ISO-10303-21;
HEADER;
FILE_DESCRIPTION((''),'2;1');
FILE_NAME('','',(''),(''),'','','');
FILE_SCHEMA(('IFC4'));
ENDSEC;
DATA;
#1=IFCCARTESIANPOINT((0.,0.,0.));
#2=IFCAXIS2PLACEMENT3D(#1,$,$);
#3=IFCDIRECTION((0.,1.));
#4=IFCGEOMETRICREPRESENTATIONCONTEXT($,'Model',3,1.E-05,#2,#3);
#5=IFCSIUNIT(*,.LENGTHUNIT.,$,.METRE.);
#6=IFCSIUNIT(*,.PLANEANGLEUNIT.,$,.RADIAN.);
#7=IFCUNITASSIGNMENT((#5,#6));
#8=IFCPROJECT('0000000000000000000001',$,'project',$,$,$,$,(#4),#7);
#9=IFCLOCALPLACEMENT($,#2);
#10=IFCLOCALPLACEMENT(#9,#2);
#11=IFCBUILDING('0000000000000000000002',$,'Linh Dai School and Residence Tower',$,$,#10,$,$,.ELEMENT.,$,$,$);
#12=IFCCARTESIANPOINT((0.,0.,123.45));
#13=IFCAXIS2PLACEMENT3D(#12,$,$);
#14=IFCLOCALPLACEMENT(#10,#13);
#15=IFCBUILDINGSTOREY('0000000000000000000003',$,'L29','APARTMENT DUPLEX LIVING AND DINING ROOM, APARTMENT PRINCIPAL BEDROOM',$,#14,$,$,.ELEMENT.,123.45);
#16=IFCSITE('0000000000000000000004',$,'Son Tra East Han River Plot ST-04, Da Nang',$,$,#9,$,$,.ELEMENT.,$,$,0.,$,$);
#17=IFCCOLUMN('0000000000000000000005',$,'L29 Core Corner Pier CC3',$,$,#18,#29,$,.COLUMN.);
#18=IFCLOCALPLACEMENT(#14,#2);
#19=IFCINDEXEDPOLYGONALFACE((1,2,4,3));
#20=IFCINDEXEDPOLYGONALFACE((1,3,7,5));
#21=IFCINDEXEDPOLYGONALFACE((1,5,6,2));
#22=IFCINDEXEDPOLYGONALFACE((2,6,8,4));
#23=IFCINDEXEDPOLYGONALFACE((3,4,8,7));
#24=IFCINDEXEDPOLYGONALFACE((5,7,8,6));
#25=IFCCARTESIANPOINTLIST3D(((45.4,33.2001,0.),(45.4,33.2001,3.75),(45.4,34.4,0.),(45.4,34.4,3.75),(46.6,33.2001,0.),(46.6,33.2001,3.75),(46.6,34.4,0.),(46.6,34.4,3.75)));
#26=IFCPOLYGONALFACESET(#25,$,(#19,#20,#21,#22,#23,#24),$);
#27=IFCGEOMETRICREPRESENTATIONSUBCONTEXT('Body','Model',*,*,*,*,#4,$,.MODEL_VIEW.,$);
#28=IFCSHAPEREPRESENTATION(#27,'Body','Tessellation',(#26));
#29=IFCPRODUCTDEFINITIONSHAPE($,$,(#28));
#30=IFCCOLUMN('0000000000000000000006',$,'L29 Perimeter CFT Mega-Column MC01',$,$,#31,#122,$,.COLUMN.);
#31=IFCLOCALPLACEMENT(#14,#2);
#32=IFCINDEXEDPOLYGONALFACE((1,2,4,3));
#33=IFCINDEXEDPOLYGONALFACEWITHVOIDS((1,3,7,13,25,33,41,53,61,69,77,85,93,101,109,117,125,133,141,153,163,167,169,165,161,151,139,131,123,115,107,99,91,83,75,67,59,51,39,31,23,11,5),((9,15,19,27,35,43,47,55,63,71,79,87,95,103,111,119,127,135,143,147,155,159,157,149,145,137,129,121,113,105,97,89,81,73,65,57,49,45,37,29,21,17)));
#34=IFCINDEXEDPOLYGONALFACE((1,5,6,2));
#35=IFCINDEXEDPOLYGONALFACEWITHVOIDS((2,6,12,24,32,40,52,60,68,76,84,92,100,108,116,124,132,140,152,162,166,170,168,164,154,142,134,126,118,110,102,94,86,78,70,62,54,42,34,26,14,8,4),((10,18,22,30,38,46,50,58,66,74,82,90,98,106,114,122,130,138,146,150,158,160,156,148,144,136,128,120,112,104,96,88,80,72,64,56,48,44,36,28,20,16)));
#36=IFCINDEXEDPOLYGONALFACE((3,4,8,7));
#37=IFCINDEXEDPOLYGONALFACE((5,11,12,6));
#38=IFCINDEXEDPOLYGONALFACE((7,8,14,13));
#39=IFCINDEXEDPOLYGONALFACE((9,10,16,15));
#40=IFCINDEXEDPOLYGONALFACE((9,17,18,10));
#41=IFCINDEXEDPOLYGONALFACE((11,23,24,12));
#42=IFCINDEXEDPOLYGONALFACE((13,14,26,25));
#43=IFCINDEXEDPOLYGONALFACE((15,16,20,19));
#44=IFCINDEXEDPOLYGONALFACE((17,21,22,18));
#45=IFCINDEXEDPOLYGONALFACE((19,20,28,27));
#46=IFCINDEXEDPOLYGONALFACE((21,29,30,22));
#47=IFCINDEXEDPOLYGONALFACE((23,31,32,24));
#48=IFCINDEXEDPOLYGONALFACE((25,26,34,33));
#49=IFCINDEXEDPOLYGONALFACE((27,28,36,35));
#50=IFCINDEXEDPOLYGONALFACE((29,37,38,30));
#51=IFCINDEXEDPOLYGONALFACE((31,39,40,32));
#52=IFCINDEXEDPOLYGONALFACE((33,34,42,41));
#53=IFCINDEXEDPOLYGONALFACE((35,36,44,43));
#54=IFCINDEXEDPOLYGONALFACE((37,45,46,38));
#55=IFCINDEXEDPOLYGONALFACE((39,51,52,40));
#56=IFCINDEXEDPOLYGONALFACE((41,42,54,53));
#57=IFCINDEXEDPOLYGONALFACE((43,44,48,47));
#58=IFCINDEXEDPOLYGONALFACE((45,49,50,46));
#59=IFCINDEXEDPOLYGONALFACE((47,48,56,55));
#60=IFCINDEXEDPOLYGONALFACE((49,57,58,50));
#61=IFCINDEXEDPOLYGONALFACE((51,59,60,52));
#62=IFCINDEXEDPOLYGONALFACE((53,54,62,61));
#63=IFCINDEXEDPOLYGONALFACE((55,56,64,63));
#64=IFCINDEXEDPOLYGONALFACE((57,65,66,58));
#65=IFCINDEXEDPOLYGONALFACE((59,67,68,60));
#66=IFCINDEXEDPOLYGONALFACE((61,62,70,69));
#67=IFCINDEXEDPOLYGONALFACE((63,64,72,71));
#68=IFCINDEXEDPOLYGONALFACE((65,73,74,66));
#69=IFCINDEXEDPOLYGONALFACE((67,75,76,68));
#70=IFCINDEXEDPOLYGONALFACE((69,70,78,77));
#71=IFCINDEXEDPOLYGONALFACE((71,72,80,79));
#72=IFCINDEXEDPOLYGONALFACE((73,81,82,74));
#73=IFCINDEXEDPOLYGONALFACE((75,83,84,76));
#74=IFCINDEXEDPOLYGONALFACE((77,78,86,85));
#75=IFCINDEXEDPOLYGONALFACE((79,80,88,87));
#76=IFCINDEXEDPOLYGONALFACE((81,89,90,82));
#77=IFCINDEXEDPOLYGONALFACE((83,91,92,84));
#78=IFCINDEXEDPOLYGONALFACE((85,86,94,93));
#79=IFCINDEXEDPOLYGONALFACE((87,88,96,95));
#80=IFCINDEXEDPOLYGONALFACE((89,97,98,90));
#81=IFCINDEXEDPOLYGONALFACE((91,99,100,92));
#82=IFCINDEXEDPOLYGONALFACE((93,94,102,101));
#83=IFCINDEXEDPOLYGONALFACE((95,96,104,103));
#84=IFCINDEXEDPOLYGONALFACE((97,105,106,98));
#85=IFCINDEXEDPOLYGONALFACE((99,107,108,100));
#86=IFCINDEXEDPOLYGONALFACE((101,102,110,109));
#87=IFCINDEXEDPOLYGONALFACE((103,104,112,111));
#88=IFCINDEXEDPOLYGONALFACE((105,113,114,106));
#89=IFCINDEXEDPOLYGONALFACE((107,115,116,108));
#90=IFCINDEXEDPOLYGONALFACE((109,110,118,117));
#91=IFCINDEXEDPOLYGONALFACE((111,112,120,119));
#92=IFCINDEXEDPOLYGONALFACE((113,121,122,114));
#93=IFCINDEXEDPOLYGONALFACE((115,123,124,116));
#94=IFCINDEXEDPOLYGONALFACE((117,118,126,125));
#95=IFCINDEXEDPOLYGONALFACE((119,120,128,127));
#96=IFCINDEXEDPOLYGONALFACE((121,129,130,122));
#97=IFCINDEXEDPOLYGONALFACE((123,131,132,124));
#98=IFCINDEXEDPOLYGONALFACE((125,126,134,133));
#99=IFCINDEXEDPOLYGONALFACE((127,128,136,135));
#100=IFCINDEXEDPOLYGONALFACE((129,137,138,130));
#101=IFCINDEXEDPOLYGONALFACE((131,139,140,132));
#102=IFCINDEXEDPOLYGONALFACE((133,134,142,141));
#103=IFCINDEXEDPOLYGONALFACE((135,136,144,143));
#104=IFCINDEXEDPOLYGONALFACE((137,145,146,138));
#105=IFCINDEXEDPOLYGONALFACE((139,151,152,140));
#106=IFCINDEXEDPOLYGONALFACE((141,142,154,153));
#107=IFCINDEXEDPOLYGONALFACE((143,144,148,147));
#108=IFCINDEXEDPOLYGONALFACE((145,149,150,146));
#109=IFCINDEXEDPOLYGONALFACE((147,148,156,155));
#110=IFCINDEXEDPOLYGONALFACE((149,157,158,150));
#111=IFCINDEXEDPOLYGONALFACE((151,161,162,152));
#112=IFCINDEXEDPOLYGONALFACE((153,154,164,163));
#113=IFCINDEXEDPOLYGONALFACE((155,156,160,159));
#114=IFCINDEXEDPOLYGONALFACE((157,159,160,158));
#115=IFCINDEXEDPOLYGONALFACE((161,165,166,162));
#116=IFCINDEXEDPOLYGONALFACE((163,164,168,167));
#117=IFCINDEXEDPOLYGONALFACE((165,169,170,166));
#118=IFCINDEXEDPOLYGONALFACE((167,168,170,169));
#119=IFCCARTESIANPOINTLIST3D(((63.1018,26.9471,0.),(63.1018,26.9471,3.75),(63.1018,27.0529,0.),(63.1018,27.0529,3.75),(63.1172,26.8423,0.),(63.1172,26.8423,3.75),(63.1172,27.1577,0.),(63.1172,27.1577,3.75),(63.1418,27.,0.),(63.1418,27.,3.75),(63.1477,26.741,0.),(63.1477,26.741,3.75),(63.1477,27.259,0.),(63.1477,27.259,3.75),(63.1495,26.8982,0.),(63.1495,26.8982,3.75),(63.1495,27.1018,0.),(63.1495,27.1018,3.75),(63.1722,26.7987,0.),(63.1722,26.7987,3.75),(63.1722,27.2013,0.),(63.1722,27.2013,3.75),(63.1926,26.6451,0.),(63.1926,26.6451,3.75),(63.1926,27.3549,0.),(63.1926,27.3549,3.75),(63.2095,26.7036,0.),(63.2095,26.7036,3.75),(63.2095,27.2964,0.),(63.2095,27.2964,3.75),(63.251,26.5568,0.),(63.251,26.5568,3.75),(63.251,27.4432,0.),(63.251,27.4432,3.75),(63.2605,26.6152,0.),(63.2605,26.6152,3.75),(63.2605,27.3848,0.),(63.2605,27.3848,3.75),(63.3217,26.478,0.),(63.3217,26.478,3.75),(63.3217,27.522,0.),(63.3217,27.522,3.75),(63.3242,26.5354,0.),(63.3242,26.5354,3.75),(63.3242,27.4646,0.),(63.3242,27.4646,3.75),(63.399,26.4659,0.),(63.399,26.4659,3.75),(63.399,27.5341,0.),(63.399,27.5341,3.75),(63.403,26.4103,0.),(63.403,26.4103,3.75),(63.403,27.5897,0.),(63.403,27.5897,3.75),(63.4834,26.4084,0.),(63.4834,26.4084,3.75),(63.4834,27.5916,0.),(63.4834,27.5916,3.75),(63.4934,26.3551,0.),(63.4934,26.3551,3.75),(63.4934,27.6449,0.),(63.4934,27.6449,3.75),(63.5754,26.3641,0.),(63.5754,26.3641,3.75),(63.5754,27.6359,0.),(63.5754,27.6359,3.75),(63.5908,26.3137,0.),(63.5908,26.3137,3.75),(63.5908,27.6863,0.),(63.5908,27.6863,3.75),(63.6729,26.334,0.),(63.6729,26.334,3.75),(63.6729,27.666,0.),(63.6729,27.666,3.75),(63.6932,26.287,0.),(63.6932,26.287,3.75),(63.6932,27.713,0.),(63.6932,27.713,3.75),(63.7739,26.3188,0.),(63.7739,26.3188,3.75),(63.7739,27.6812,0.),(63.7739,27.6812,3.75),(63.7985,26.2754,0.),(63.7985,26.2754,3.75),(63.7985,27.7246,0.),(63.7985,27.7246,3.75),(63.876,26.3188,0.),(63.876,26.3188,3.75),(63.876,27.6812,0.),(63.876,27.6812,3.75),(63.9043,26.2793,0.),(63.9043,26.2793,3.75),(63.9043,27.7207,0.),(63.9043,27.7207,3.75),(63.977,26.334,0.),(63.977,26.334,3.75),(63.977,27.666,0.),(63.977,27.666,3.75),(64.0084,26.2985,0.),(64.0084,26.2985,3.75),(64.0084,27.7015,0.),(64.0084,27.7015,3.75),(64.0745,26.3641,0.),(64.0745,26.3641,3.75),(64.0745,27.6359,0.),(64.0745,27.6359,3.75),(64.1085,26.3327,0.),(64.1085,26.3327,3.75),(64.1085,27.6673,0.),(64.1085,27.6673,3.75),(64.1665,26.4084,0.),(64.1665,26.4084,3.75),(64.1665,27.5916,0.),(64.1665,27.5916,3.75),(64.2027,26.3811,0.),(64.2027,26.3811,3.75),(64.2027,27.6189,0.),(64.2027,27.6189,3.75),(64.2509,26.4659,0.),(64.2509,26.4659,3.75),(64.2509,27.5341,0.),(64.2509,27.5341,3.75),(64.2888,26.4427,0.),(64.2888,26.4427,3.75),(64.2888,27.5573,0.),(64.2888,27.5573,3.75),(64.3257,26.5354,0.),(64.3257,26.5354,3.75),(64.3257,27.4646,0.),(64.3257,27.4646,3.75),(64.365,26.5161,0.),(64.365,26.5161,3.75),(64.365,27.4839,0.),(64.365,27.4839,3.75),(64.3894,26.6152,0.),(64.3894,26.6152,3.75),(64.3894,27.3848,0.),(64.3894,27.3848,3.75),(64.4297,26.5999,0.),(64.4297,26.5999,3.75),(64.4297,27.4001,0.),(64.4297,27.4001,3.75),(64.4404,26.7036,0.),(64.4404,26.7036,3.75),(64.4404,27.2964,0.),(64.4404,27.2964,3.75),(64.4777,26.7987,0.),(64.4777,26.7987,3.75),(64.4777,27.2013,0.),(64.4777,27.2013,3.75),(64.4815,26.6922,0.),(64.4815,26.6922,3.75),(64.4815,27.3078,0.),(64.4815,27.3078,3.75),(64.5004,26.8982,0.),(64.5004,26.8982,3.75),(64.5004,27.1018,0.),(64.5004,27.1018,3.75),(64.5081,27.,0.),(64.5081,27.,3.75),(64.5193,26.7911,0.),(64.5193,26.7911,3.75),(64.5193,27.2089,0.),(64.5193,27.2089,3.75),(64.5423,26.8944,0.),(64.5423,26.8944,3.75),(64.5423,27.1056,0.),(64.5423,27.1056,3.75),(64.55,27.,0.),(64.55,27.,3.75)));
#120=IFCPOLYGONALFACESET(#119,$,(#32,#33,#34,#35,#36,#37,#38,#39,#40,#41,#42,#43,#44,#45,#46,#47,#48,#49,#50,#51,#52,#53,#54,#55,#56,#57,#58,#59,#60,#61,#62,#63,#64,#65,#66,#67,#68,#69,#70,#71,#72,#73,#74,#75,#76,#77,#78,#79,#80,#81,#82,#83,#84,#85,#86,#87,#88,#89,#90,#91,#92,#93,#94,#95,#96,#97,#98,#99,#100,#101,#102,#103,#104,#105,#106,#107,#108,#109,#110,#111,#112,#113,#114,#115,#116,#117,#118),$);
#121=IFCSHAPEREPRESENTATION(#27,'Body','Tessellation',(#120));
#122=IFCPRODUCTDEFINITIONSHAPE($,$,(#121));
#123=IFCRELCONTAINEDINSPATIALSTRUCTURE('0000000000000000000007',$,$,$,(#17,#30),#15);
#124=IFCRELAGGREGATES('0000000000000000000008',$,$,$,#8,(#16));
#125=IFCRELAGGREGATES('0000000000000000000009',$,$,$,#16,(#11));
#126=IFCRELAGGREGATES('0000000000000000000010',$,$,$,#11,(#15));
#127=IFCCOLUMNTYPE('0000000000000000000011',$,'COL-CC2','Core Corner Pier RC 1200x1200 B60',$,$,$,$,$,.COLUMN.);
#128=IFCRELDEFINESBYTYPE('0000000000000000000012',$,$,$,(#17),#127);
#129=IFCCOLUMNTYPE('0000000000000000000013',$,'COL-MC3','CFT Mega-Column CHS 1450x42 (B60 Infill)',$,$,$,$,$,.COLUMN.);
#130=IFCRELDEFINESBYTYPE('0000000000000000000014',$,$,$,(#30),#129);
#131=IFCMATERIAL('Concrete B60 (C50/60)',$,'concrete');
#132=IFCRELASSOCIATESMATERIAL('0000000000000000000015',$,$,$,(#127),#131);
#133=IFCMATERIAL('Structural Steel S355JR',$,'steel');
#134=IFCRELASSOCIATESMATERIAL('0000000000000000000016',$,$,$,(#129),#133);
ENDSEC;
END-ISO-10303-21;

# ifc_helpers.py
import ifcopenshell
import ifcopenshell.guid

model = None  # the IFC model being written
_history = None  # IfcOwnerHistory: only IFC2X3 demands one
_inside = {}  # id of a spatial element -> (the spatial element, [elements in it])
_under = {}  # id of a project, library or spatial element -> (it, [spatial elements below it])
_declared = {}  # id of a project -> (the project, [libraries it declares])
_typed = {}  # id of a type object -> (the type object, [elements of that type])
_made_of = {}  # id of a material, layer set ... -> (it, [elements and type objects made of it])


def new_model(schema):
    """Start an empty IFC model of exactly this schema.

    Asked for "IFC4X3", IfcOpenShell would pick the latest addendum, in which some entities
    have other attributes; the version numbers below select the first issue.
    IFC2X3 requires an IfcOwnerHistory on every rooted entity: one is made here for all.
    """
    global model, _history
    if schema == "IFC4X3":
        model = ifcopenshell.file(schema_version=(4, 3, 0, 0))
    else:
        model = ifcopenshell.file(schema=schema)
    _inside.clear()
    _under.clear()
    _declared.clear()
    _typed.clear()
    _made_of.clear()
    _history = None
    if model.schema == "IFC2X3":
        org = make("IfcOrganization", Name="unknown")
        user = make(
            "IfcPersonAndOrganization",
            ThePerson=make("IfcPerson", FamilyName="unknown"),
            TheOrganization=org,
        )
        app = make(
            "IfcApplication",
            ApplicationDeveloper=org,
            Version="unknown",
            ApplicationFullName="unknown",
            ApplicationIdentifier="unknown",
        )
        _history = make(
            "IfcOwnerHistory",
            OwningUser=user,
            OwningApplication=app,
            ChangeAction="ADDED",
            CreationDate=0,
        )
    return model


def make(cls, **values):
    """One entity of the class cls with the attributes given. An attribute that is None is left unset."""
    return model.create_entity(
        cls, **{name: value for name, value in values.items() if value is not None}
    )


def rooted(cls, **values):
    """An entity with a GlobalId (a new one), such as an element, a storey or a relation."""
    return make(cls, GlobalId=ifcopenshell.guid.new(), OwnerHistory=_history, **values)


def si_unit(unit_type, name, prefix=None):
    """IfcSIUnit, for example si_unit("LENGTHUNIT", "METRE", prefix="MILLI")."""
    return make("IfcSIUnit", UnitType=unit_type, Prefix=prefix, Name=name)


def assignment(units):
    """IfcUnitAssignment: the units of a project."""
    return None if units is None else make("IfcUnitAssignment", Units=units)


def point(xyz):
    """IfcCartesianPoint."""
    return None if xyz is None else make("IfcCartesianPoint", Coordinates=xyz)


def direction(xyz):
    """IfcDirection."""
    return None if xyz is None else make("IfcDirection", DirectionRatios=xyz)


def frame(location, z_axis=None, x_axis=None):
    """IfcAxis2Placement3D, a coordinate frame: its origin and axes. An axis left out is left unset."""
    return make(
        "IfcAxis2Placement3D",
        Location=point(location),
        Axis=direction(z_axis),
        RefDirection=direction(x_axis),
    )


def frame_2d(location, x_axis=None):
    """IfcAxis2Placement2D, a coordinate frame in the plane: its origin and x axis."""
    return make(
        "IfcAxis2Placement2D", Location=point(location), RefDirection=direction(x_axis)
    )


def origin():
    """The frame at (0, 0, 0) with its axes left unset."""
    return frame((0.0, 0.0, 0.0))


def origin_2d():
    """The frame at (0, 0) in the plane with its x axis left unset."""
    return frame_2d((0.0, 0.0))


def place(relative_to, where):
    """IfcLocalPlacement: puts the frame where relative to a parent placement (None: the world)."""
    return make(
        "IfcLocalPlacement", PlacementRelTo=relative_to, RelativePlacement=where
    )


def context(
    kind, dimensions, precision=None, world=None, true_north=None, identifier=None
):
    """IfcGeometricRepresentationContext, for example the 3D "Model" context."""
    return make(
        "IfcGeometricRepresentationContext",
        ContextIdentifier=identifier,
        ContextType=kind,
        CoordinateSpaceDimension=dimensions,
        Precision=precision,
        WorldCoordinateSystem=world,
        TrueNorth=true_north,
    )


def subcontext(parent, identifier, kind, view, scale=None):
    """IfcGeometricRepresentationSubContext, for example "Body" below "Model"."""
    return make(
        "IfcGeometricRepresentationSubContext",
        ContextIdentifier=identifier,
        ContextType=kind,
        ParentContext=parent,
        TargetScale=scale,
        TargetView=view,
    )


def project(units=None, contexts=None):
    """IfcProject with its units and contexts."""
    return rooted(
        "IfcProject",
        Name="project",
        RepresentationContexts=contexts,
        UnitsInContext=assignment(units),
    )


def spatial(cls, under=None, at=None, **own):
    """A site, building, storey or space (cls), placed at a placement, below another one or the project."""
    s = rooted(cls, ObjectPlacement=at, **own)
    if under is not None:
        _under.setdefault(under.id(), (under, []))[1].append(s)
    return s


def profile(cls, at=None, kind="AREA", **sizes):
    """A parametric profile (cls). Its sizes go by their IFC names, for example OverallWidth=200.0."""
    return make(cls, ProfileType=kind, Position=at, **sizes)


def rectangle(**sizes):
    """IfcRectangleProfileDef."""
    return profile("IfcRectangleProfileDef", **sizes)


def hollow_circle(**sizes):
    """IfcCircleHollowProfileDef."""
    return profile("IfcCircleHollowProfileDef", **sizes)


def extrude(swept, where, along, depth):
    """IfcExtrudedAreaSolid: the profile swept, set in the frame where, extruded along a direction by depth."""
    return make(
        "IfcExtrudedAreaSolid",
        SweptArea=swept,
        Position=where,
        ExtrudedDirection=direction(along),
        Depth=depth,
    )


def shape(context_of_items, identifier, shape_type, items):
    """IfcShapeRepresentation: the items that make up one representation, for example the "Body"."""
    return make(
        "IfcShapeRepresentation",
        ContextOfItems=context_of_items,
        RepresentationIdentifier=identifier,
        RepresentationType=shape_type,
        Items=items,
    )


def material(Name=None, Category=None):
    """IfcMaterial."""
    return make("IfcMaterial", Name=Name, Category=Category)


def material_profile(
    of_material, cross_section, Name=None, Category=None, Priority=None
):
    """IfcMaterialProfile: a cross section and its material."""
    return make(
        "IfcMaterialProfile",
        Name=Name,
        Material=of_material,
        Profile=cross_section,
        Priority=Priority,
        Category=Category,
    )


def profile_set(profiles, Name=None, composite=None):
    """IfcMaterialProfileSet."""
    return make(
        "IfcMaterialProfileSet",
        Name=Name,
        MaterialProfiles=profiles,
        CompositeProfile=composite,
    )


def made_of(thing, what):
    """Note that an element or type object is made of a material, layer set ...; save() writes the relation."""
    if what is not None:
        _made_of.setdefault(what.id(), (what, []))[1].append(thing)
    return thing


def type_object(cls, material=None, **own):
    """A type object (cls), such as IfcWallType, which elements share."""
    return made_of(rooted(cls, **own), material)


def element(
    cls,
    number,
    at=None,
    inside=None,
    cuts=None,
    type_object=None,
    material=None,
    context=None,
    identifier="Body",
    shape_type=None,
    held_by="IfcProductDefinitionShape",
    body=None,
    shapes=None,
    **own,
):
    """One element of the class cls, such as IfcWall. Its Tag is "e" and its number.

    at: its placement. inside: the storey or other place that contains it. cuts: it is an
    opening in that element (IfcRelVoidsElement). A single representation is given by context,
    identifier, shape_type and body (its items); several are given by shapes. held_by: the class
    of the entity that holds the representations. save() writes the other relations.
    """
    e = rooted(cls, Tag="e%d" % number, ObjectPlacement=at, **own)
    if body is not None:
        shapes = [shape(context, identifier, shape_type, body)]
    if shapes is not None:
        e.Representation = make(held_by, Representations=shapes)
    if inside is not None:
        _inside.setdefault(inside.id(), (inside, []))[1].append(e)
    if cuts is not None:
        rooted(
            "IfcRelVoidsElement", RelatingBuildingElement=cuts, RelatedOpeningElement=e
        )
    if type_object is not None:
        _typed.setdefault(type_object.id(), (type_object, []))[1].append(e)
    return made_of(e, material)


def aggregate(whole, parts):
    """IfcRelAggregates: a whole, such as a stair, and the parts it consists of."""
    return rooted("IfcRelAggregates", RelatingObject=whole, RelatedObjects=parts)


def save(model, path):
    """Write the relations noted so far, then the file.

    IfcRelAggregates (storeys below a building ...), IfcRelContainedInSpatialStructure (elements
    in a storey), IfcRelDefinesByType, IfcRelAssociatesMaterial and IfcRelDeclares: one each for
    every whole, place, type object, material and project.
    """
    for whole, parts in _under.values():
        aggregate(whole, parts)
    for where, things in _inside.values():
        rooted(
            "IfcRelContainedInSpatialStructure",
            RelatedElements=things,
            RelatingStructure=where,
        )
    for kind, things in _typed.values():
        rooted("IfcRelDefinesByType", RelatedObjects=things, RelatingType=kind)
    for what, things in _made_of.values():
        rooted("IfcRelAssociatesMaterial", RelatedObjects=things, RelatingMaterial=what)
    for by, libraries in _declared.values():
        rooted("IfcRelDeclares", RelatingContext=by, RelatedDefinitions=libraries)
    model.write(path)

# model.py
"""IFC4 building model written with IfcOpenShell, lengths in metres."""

from ifc_helpers import new_model, si_unit, direction, frame, origin, origin_2d, place, context, subcontext, project, spatial, rectangle, hollow_circle, extrude, material, material_profile, profile_set, type_object, element, save


model = new_model("IFC4")

# Units and contexts
model_context = context("Model", 3, precision=1e-05, world=origin(), true_north=direction((0.0, 1.0)))
body_context = subcontext(model_context, "Body", "Model", "MODEL_VIEW")
ifc_project = project(units=[si_unit("LENGTHUNIT", "METRE"), si_unit("PLANEANGLEUNIT", "RADIAN")], contexts=[model_context])

# Site, building, storey
site_placement = place(None, origin())
site = spatial("IfcSite", under=ifc_project, at=site_placement, Name="Son Tra East Han River Plot ST-04, Da Nang", CompositionType="ELEMENT", RefElevation=0.0)
building_placement = place(site_placement, origin())
building = spatial("IfcBuilding", under=site, at=building_placement, Name="Linh Dai School and Residence Tower", CompositionType="ELEMENT")
storey_placement = place(building_placement, frame((0.0, 0.0, 123.45)))
storey = spatial("IfcBuildingStorey", under=building, at=storey_placement, Name="L29", Description="APARTMENT DUPLEX LIVING AND DINING ROOM, APARTMENT PRINCIPAL BEDROOM", CompositionType="ELEMENT", Elevation=123.45)

# Columns
ifc_material_1 = material(Name="Concrete B60 (C50/60)", Category="concrete")
ifc_material_profile_1 = material_profile(ifc_material_1, rectangle(XDim=1.2, YDim=1.2, at=origin_2d()), Name="RC 1200x1200")
ifc_profile_set_1 = profile_set([ifc_material_profile_1], Name="Concrete B60 (C50/60)")
column_type_1 = type_object("IfcColumnType", Name="COL-CC2", Description="Core Corner Pier RC 1200x1200 B60", PredefinedType="COLUMN", material=ifc_profile_set_1)
column_1_placement = place(storey_placement, frame((46.0, 33.8, 0.0), z_axis=(0.0, 0.0, 1.0), x_axis=(1.0, 0.0, 0.0)))
element("IfcColumn", 1, at=column_1_placement, inside=storey, type_object=column_type_1, Name="L29 Core Corner Pier CC3", PredefinedType="COLUMN", context=body_context, shape_type="SweptSolid", body=[
    extrude(rectangle(XDim=1.2, YDim=1.2, at=origin_2d()), origin(), (0.0, 0.0, 1.0), 3.75),
])
ifc_material_2 = material(Name="Structural Steel S355JR", Category="steel")
ifc_material_profile_2 = material_profile(ifc_material_2, hollow_circle(Radius=0.7251, WallThickness=0.042, at=origin_2d()), Name="CHS 1450x42")
ifc_profile_set_2 = profile_set([ifc_material_profile_2], Name="Structural Steel S355JR")
column_type_2 = type_object("IfcColumnType", Name="COL-MC3", Description="CFT Mega-Column CHS 1450x42 (B60 Infill)", PredefinedType="COLUMN", material=ifc_profile_set_2)
for number, where, z_axis, x_axis, name in (
    (2, (63.825, 27.0, 0.0), (0.0, 0.0, 1.0), (1.0, 0.0, 0.0), "L29 Perimeter CFT Mega-Column MC01"),
):
    element("IfcColumn", number, at=place(storey_placement, frame(where, z_axis=z_axis, x_axis=x_axis)), inside=storey, type_object=column_type_2, Name=name, PredefinedType="COLUMN", context=body_context, shape_type="SweptSolid", body=[
        extrude(hollow_circle(Radius=0.7251, WallThickness=0.042, at=origin_2d()), origin(), (0.0, 0.0, 1.0), 3.75),
    ])

save(model, "model.ifc")
